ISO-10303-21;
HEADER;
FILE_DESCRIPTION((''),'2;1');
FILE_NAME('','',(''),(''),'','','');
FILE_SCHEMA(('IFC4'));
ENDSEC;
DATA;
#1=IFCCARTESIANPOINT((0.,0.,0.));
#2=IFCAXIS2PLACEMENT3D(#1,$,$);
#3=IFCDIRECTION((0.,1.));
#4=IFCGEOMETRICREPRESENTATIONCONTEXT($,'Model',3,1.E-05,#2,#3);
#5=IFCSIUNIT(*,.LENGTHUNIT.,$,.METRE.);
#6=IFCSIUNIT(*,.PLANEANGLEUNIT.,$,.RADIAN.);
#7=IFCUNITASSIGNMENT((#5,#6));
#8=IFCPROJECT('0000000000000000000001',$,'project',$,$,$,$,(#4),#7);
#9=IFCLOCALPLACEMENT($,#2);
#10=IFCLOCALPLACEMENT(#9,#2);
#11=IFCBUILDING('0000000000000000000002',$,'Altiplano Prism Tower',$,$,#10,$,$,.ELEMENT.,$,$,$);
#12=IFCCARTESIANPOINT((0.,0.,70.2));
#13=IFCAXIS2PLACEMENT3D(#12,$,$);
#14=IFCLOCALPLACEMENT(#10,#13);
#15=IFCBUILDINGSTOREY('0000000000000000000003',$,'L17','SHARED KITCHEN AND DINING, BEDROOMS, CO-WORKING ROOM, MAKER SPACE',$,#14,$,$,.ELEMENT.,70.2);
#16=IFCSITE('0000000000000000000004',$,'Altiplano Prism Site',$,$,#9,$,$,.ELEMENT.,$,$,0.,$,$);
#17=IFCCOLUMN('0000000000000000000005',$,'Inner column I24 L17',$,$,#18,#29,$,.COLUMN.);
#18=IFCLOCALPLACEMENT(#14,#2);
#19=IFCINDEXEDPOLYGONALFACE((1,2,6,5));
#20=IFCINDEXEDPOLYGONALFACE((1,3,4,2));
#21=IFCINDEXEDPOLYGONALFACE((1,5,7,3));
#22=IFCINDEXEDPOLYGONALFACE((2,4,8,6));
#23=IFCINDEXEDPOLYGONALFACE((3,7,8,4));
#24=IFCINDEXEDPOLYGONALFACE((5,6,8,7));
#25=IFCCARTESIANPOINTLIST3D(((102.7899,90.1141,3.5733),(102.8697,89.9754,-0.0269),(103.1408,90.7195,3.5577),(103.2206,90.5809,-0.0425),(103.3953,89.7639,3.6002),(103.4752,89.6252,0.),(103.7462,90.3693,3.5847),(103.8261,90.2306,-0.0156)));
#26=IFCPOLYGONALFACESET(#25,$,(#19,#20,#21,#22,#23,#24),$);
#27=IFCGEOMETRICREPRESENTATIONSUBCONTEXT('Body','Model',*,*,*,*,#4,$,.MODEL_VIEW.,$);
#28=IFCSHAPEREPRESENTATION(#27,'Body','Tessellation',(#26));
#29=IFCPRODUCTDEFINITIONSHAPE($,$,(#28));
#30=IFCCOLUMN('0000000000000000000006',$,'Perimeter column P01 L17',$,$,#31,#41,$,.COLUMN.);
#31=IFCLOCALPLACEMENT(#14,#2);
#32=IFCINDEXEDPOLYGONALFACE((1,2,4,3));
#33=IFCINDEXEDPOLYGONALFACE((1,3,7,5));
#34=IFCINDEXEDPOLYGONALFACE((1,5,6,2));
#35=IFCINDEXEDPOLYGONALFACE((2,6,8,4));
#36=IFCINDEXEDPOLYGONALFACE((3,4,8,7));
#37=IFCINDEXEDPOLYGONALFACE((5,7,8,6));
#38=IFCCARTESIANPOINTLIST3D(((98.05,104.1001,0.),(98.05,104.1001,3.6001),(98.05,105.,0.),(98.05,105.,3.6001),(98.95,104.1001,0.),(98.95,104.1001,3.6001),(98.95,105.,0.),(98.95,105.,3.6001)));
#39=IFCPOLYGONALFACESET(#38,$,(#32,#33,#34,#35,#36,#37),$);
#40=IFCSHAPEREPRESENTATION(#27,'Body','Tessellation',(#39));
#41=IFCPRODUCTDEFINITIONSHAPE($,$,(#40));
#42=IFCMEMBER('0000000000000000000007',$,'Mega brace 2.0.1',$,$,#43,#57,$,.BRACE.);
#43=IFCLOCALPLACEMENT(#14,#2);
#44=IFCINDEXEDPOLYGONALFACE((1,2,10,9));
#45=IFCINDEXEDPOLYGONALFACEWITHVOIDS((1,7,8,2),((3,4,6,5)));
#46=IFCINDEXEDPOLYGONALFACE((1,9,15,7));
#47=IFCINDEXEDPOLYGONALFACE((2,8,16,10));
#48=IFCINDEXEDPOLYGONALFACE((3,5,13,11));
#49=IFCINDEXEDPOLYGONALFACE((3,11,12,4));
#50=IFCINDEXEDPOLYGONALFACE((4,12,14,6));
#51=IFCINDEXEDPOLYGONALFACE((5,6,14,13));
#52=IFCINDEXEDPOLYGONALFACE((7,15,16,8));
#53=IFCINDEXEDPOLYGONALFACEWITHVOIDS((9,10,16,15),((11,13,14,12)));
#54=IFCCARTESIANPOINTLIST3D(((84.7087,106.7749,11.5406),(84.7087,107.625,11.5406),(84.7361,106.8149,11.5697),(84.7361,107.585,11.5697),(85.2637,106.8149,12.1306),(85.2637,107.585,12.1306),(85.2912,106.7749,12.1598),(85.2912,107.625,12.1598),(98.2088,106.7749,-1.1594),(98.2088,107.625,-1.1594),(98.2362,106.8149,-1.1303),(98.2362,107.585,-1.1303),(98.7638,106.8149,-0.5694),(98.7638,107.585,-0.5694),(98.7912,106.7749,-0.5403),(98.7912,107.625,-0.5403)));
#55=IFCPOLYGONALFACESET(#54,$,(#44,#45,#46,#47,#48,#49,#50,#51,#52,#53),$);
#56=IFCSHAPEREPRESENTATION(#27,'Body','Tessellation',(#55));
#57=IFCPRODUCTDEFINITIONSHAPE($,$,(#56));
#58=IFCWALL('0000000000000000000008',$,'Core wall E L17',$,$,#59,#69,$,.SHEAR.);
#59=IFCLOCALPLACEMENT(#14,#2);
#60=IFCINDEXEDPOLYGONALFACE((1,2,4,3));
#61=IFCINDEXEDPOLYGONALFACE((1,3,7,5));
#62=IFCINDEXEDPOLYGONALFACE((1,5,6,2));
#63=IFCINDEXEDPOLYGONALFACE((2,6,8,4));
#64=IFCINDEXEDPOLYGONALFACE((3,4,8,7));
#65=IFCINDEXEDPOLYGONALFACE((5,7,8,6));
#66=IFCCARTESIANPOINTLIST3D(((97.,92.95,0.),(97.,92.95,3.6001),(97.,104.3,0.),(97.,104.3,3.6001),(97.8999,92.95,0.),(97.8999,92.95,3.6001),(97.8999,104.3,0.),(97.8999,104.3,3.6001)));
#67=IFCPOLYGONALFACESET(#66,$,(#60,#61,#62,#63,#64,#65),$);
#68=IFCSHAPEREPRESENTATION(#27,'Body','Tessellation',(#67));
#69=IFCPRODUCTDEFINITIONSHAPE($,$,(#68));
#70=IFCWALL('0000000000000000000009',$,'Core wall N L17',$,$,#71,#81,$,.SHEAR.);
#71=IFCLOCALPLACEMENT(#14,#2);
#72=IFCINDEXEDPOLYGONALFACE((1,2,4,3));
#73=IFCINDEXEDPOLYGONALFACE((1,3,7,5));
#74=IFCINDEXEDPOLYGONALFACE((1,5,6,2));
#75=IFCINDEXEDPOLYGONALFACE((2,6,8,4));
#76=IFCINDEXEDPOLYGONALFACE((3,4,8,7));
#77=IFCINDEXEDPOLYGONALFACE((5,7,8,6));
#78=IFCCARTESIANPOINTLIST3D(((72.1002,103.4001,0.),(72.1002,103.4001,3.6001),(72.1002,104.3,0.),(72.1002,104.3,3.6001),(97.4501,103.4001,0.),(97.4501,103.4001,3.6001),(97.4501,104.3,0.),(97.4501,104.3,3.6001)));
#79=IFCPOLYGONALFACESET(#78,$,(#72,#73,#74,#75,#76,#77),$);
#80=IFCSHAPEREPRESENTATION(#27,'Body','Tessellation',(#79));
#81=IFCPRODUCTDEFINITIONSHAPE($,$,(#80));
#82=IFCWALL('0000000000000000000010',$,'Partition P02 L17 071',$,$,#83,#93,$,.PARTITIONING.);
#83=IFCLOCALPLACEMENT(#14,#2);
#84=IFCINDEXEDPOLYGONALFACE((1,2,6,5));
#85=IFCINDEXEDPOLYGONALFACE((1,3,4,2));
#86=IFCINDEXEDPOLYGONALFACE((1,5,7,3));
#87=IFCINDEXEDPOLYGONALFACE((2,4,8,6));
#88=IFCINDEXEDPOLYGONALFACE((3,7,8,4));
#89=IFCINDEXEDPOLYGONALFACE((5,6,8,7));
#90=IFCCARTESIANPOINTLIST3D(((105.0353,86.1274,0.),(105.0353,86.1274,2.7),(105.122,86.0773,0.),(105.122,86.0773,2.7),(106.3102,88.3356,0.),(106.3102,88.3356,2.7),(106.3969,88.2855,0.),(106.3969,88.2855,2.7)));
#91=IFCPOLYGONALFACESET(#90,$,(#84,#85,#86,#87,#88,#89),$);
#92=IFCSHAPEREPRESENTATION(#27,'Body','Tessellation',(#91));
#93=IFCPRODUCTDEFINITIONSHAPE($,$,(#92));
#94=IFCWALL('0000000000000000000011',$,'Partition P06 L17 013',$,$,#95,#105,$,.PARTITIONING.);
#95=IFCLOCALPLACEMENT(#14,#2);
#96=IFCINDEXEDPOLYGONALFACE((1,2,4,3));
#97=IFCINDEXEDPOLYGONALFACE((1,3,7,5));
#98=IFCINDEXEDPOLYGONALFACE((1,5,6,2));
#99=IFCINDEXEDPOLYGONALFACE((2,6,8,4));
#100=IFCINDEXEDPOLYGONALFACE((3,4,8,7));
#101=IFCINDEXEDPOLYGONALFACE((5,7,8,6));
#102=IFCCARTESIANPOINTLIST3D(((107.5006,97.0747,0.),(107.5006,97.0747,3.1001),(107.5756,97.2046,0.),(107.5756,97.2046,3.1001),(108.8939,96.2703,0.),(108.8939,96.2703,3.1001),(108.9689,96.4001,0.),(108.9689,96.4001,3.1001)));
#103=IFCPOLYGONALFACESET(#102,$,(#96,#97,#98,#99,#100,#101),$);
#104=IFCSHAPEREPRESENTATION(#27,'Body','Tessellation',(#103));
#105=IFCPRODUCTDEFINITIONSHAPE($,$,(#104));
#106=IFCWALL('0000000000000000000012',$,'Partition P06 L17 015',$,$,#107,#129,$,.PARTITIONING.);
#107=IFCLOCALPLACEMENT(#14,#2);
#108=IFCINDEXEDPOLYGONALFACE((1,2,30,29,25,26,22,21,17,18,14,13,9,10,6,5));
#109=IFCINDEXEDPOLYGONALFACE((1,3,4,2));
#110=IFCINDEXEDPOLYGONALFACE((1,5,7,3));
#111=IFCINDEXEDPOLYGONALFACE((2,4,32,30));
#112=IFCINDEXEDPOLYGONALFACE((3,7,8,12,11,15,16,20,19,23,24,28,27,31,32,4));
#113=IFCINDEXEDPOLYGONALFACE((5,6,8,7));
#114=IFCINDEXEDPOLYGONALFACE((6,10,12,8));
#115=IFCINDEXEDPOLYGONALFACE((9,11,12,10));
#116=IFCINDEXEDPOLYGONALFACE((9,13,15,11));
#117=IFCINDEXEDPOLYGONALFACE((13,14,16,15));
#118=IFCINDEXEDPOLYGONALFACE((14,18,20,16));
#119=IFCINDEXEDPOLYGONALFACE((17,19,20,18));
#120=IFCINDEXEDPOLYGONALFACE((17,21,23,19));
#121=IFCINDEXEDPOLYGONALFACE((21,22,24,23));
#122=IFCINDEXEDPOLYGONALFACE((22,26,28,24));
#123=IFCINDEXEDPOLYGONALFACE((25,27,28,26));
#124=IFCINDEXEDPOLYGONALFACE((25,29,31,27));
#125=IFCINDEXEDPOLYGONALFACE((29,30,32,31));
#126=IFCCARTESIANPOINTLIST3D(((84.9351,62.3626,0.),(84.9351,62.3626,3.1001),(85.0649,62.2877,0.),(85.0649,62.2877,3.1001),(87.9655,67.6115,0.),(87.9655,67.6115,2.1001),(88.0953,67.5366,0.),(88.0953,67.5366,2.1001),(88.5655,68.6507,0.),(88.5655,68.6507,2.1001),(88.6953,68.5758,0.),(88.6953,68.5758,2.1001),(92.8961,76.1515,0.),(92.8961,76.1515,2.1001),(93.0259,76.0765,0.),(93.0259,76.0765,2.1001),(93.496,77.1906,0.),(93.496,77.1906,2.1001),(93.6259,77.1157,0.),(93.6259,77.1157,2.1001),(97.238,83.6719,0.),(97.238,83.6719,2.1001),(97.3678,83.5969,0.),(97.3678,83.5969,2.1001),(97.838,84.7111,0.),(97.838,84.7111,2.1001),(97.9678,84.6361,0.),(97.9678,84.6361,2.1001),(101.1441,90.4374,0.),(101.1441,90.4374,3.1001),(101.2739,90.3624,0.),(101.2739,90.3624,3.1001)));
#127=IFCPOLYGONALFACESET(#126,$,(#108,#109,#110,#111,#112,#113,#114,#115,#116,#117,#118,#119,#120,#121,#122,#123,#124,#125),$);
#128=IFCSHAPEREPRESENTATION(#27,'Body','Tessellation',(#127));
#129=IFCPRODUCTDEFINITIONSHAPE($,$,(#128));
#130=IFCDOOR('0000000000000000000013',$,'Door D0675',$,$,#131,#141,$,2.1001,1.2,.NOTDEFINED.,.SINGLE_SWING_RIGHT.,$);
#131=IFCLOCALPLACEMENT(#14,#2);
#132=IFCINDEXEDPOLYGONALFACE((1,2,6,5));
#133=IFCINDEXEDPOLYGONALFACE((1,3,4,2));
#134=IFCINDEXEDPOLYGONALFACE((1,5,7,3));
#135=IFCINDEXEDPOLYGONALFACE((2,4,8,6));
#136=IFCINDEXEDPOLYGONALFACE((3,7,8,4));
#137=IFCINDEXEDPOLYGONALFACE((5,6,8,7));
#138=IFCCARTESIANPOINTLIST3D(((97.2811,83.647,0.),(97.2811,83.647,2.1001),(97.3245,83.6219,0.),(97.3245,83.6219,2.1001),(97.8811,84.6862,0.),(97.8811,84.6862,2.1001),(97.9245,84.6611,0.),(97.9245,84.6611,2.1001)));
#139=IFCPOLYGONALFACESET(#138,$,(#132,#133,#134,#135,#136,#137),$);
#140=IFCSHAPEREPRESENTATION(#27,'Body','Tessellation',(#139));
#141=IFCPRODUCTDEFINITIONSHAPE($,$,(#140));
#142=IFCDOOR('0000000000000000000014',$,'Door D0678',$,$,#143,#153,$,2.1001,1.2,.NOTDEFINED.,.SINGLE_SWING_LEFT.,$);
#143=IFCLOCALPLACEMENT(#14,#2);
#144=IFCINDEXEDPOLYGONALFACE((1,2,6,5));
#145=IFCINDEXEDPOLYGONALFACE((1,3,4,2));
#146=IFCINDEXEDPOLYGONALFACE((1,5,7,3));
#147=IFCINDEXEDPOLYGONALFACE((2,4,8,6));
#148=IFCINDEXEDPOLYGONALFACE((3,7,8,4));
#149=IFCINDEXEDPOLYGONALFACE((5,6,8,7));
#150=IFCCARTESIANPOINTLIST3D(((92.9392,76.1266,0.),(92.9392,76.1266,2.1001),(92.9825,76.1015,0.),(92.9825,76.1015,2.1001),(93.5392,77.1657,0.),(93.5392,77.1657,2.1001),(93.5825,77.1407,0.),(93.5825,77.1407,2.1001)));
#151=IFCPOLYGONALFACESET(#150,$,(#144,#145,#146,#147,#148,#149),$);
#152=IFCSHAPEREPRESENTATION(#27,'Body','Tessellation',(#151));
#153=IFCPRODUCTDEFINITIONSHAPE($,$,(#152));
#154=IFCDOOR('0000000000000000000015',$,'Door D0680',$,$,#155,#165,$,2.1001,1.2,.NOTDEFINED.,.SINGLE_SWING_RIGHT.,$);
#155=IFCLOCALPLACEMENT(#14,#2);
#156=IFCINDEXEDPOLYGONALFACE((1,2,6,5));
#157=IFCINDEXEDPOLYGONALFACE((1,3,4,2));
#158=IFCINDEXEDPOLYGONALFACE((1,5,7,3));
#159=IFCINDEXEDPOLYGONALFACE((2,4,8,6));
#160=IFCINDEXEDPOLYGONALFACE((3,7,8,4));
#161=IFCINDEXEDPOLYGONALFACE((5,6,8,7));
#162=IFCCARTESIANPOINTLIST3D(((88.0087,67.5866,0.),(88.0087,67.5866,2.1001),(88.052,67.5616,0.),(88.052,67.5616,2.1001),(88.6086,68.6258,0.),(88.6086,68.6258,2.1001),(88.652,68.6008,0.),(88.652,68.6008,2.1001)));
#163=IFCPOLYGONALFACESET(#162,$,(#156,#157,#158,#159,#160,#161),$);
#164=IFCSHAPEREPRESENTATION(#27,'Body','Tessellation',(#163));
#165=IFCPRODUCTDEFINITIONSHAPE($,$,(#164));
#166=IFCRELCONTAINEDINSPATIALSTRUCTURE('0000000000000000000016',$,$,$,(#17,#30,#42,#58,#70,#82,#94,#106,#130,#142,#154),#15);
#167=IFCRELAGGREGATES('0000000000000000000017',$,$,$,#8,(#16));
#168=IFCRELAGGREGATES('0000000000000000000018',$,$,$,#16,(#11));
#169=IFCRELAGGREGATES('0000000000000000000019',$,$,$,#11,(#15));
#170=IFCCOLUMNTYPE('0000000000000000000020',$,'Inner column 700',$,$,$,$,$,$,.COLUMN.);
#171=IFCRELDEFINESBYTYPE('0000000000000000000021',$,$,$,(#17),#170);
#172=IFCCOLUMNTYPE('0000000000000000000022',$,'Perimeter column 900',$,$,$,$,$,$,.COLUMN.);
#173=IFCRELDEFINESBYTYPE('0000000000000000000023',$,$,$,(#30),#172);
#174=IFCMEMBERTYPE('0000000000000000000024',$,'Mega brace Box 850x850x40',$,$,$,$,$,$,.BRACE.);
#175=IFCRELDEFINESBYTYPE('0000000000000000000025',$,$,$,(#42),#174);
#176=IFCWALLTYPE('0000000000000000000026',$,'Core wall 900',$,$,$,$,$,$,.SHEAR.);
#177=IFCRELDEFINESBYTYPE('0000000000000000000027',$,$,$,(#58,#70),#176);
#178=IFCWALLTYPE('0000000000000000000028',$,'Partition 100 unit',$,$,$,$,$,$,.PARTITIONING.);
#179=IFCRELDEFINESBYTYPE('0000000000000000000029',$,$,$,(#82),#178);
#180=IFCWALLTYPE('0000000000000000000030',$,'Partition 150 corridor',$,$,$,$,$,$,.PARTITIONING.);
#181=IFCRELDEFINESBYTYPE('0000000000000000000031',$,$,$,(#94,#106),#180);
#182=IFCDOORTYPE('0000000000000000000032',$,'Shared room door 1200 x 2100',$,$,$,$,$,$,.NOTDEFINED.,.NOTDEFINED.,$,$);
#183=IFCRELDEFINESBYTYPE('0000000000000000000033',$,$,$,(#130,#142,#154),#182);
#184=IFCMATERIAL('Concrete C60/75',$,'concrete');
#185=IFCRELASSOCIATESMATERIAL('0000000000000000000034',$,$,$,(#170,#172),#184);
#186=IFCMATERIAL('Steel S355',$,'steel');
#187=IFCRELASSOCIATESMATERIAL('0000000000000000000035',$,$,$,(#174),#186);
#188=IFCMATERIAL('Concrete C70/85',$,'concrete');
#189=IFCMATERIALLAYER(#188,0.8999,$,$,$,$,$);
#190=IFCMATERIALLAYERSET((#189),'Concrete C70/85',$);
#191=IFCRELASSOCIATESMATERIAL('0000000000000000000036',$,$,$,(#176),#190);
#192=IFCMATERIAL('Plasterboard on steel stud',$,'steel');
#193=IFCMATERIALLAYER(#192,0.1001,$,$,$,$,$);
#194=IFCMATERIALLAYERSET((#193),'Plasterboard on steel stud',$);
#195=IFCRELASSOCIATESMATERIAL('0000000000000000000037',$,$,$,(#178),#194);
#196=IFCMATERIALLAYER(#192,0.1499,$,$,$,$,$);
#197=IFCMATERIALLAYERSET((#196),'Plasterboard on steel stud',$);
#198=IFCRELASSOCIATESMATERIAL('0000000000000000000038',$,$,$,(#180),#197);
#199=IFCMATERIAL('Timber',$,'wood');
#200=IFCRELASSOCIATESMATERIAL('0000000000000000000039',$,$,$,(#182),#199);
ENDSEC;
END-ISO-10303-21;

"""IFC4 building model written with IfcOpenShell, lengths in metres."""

from ifc_helpers import new_model, si_unit, direction, frame, frame_2d, origin, origin_2d, place, context, subcontext, project, spatial, rectangle, hollow_rectangle, extrude, material, layer, layer_set, material_profile, profile_set, type_object, element, fill, save


model = new_model("IFC4")

# Units and contexts
model_context = context("Model", 3, precision=1e-05, world=origin(), true_north=direction((0.0, 1.0)))
body_context = subcontext(model_context, "Body", "Model", "MODEL_VIEW")
ifc_project = project(units=[si_unit("LENGTHUNIT", "METRE"), si_unit("PLANEANGLEUNIT", "RADIAN")], contexts=[model_context])

# Site, building, storey
site_placement = place(None, origin())
site = spatial("IfcSite", under=ifc_project, at=site_placement, Name="Altiplano Prism Site", CompositionType="ELEMENT", RefElevation=0.0)
building_placement = place(site_placement, origin())
building = spatial("IfcBuilding", under=site, at=building_placement, Name="Altiplano Prism Tower", CompositionType="ELEMENT")
storey_placement = place(building_placement, frame((0.0, 0.0, 70.2)))
storey = spatial("IfcBuildingStorey", under=building, at=storey_placement, Name="L17", Description="SHARED KITCHEN AND DINING, BEDROOMS, CO-WORKING ROOM, MAKER SPACE", CompositionType="ELEMENT", Elevation=70.2)

# Columns
ifc_material_1 = material(Name="Concrete C60/75", Category="concrete")
ifc_material_profile_1 = material_profile(ifc_material_1, rectangle(XDim=0.7, YDim=0.7, at=origin_2d()), Name="Inner column 700")
ifc_profile_set_1 = profile_set([ifc_material_profile_1], Name="Concrete C60/75")
column_type_1 = type_object("IfcColumnType", Name="Inner column 700", PredefinedType="COLUMN", material=ifc_profile_set_1)
column_1_placement = place(storey_placement, frame((103.3479, 90.103, -0.0212), z_axis=(-0.022154, 0.038481, 0.999014), x_axis=(-0.501313, -0.864981, 0.022201)))
element("IfcColumn", 1, at=column_1_placement, inside=storey, type_object=column_type_1, Name="Inner column I24 L17", PredefinedType="COLUMN", context=body_context, shape_type="SweptSolid", body=[
    extrude(rectangle(XDim=0.7, YDim=0.7, at=origin_2d()), origin(), (0.0, 0.0, 1.0), 3.6038),
])
ifc_material_profile_2 = material_profile(ifc_material_1, rectangle(XDim=0.8999, YDim=0.8999, at=origin_2d()), Name="Perimeter column 900")
ifc_profile_set_2 = profile_set([ifc_material_profile_2], Name="Concrete C60/75")
column_type_2 = type_object("IfcColumnType", Name="Perimeter column 900", PredefinedType="COLUMN", material=ifc_profile_set_2)
column_2_placement = place(storey_placement, frame((98.5, 104.55, 0.0), z_axis=(0.0, 0.0, 1.0), x_axis=(1.0, 0.0, 0.0)))
element("IfcColumn", 2, at=column_2_placement, inside=storey, type_object=column_type_2, Name="Perimeter column P01 L17", PredefinedType="COLUMN", context=body_context, shape_type="SweptSolid", body=[
    extrude(rectangle(XDim=0.8999, YDim=0.8999, at=origin_2d()), origin(), (0.0, 0.0, 1.0), 3.6001),
])

# Member
ifc_material_2 = material(Name="Steel S355", Category="steel")
ifc_material_profile_3 = material_profile(ifc_material_2, hollow_rectangle(XDim=0.8501, YDim=0.8501, WallThickness=0.04, at=origin_2d()), Name="Mega brace Box 850x850x40")
ifc_profile_set_3 = profile_set([ifc_material_profile_3], Name="Steel S355")
member_type = type_object("IfcMemberType", Name="Mega brace Box 850x850x40", PredefinedType="BRACE", material=ifc_profile_set_3)
member_placement = place(storey_placement, frame((98.5, 107.2, -0.8499), z_axis=(-0.72836, 0.0, 0.685195), x_axis=(0.0, -1.0, 0.0)))
element("IfcMember", 3, at=member_placement, inside=storey, type_object=member_type, Name="Mega brace 2.0.1", PredefinedType="BRACE", context=body_context, shape_type="SweptSolid", body=[
    extrude(hollow_rectangle(XDim=0.8501, YDim=0.8501, WallThickness=0.04, at=origin_2d()), origin(), (0.0, 0.0, 1.0), 18.5349),
])

# Walls
ifc_material_3 = material(Name="Concrete C70/85", Category="concrete")
ifc_layer_1 = layer(ifc_material_3, 0.8999)
ifc_layer_set_1 = layer_set([ifc_layer_1], Name="Concrete C70/85")
wall_type_1 = type_object("IfcWallType", Name="Core wall 900", PredefinedType="SHEAR", material=ifc_layer_set_1)
wall_1_placement = place(storey_placement, frame((97.45, 92.95, 0.0), z_axis=(0.0, 0.0, 1.0), x_axis=(0.0, 1.0, 0.0)))
element("IfcWall", 4, at=wall_1_placement, inside=storey, type_object=wall_type_1, Name="Core wall E L17", PredefinedType="SHEAR", context=body_context, shape_type="SweptSolid", body=[
    extrude(rectangle(XDim=11.3501, YDim=0.8999, at=frame_2d((5.675, 0.0))), origin(), (0.0, 0.0, 1.0), 3.6001),
])
wall_2_placement = place(storey_placement, frame((97.45, 103.8501, 0.0), z_axis=(0.0, 0.0, 1.0), x_axis=(-1.0, 0.0, 0.0)))
element("IfcWall", 5, at=wall_2_placement, inside=storey, type_object=wall_type_1, Name="Core wall N L17", PredefinedType="SHEAR", context=body_context, shape_type="SweptSolid", body=[
    extrude(rectangle(XDim=25.3499, YDim=0.8999, at=frame_2d((12.6748, 0.0))), origin(), (0.0, 0.0, 1.0), 3.6001),
])
ifc_material_4 = material(Name="Plasterboard on steel stud", Category="steel")
ifc_layer_2 = layer(ifc_material_4, 0.1001)
ifc_layer_set_2 = layer_set([ifc_layer_2], Name="Plasterboard on steel stud")
wall_type_2 = type_object("IfcWallType", Name="Partition 100 unit", PredefinedType="PARTITIONING", material=ifc_layer_set_2)
wall_3_placement = place(storey_placement, frame((106.3535, 88.3105, 0.0), z_axis=(0.0, 0.0, 1.0), x_axis=(-0.49999, -0.866031, 0.0)))
element("IfcWall", 6, at=wall_3_placement, inside=storey, type_object=wall_type_2, Name="Partition P02 L17 071", PredefinedType="PARTITIONING", context=body_context, shape_type="SweptSolid", body=[
    extrude(rectangle(XDim=2.5498, YDim=0.1001, at=frame_2d((1.2749, 0.0))), origin(), (0.0, 0.0, 1.0), 2.7),
])
ifc_layer_3 = layer(ifc_material_4, 0.1499)
ifc_layer_set_3 = layer_set([ifc_layer_3], Name="Plasterboard on steel stud")
wall_type_3 = type_object("IfcWallType", Name="Partition 150 corridor", PredefinedType="PARTITIONING", material=ifc_layer_set_3)
wall_4_placement = place(storey_placement, frame((107.5381, 97.1396, 0.0), z_axis=(0.0, 0.0, 1.0), x_axis=(0.866021, -0.500007, 0.0)))
element("IfcWall", 7, at=wall_4_placement, inside=storey, type_object=wall_type_3, Name="Partition P06 L17 013", PredefinedType="PARTITIONING", context=body_context, shape_type="SweptSolid", body=[
    extrude(rectangle(XDim=1.6089, YDim=0.1499, at=frame_2d((0.8044, 0.0))), origin(), (0.0, 0.0, 1.0), 3.1001),
])

# Wall, openings, doors
wall_5_placement = place(storey_placement, frame((101.209, 90.3999, 0.0), z_axis=(0.0, 0.0, 1.0), x_axis=(-0.500001, -0.866025, 0.0)))
wall_5 = element("IfcWall", 8, at=wall_5_placement, inside=storey, type_object=wall_type_3, Name="Partition P06 L17 015", PredefinedType="PARTITIONING", context=body_context, shape_type="SweptSolid", body=[
    extrude(rectangle(XDim=32.418, YDim=0.1499, at=frame_2d((16.209, 0.0))), origin(), (0.0, 0.0, 1.0), 3.1001),
])
opening_1_placement = place(wall_5_placement, frame((6.6121, 0.0, 0.0)))
opening_1 = element("IfcOpeningElement", 9, at=opening_1_placement, cuts=wall_5, PredefinedType="OPENING", context=body_context, shape_type="SweptSolid", body=[
    extrude(rectangle(XDim=1.2, YDim=2.1001, at=frame_2d((0.6001, 1.05))), frame((0.0, 0.0854, 0.0), z_axis=(0.0, -1.0, 0.0), x_axis=(1.0, 0.0, 0.0)), (0.0, 0.0, 1.0), 0.1709),
])
opening_2_placement = place(wall_5_placement, frame((15.2959, 0.0, 0.0)))
opening_2 = element("IfcOpeningElement", 10, at=opening_2_placement, cuts=wall_5, PredefinedType="OPENING", context=body_context, shape_type="SweptSolid", body=[
    extrude(rectangle(XDim=1.2, YDim=2.1001, at=frame_2d((0.6001, 1.05))), frame((0.0, 0.0854, 0.0), z_axis=(0.0, -1.0, 0.0), x_axis=(1.0, 0.0, 0.0)), (0.0, 0.0, 1.0), 0.1709),
])
opening_3_placement = place(wall_5_placement, frame((25.157, 0.0, 0.0)))
opening_3 = element("IfcOpeningElement", 11, at=opening_3_placement, cuts=wall_5, PredefinedType="OPENING", context=body_context, shape_type="SweptSolid", body=[
    extrude(rectangle(XDim=1.2, YDim=2.1001, at=frame_2d((0.6001, 1.05))), frame((0.0, 0.0854, 0.0), z_axis=(0.0, -1.0, 0.0), x_axis=(1.0, 0.0, 0.0)), (0.0, 0.0, 1.0), 0.1709),
])
ifc_material_5 = material(Name="Timber", Category="wood")
door_type = type_object("IfcDoorType", Name="Shared room door 1200 x 2100", OperationType="NOTDEFINED", PredefinedType="NOTDEFINED", material=ifc_material_5)
door_1_placement = place(opening_1_placement, origin())
door_1 = element("IfcDoor", 12, at=door_1_placement, inside=storey, type_object=door_type, Name="Door D0675", OperationType="SINGLE_SWING_RIGHT", OverallHeight=2.1001, OverallWidth=1.2, PredefinedType="NOTDEFINED", context=body_context, shape_type="SweptSolid", body=[
    extrude(rectangle(XDim=1.2, YDim=2.1001, at=frame_2d((0.6001, 1.05))), frame((0.0, 0.0249, 0.0), z_axis=(0.0, -1.0, 0.0), x_axis=(1.0, 0.0, 0.0)), (0.0, 0.0, 1.0), 0.05),
])
fill(opening_1, door_1)
door_2_placement = place(opening_2_placement, origin())
door_2 = element("IfcDoor", 13, at=door_2_placement, inside=storey, type_object=door_type, Name="Door D0678", OperationType="SINGLE_SWING_LEFT", OverallHeight=2.1001, OverallWidth=1.2, PredefinedType="NOTDEFINED", context=body_context, shape_type="SweptSolid", body=[
    extrude(rectangle(XDim=1.2, YDim=2.1001, at=frame_2d((0.6001, 1.05))), frame((0.0, 0.0249, 0.0), z_axis=(0.0, -1.0, 0.0), x_axis=(1.0, 0.0, 0.0)), (0.0, 0.0, 1.0), 0.05),
])
fill(opening_2, door_2)
door_3_placement = place(opening_3_placement, origin())
door_3 = element("IfcDoor", 14, at=door_3_placement, inside=storey, type_object=door_type, Name="Door D0680", OperationType="SINGLE_SWING_RIGHT", OverallHeight=2.1001, OverallWidth=1.2, PredefinedType="NOTDEFINED", context=body_context, shape_type="SweptSolid", body=[
    extrude(rectangle(XDim=1.2, YDim=2.1001, at=frame_2d((0.6001, 1.05))), frame((0.0, 0.0249, 0.0), z_axis=(0.0, -1.0, 0.0), x_axis=(1.0, 0.0, 0.0)), (0.0, 0.0, 1.0), 0.05),
])
fill(opening_3, door_3)

save(model, "model.ifc")
